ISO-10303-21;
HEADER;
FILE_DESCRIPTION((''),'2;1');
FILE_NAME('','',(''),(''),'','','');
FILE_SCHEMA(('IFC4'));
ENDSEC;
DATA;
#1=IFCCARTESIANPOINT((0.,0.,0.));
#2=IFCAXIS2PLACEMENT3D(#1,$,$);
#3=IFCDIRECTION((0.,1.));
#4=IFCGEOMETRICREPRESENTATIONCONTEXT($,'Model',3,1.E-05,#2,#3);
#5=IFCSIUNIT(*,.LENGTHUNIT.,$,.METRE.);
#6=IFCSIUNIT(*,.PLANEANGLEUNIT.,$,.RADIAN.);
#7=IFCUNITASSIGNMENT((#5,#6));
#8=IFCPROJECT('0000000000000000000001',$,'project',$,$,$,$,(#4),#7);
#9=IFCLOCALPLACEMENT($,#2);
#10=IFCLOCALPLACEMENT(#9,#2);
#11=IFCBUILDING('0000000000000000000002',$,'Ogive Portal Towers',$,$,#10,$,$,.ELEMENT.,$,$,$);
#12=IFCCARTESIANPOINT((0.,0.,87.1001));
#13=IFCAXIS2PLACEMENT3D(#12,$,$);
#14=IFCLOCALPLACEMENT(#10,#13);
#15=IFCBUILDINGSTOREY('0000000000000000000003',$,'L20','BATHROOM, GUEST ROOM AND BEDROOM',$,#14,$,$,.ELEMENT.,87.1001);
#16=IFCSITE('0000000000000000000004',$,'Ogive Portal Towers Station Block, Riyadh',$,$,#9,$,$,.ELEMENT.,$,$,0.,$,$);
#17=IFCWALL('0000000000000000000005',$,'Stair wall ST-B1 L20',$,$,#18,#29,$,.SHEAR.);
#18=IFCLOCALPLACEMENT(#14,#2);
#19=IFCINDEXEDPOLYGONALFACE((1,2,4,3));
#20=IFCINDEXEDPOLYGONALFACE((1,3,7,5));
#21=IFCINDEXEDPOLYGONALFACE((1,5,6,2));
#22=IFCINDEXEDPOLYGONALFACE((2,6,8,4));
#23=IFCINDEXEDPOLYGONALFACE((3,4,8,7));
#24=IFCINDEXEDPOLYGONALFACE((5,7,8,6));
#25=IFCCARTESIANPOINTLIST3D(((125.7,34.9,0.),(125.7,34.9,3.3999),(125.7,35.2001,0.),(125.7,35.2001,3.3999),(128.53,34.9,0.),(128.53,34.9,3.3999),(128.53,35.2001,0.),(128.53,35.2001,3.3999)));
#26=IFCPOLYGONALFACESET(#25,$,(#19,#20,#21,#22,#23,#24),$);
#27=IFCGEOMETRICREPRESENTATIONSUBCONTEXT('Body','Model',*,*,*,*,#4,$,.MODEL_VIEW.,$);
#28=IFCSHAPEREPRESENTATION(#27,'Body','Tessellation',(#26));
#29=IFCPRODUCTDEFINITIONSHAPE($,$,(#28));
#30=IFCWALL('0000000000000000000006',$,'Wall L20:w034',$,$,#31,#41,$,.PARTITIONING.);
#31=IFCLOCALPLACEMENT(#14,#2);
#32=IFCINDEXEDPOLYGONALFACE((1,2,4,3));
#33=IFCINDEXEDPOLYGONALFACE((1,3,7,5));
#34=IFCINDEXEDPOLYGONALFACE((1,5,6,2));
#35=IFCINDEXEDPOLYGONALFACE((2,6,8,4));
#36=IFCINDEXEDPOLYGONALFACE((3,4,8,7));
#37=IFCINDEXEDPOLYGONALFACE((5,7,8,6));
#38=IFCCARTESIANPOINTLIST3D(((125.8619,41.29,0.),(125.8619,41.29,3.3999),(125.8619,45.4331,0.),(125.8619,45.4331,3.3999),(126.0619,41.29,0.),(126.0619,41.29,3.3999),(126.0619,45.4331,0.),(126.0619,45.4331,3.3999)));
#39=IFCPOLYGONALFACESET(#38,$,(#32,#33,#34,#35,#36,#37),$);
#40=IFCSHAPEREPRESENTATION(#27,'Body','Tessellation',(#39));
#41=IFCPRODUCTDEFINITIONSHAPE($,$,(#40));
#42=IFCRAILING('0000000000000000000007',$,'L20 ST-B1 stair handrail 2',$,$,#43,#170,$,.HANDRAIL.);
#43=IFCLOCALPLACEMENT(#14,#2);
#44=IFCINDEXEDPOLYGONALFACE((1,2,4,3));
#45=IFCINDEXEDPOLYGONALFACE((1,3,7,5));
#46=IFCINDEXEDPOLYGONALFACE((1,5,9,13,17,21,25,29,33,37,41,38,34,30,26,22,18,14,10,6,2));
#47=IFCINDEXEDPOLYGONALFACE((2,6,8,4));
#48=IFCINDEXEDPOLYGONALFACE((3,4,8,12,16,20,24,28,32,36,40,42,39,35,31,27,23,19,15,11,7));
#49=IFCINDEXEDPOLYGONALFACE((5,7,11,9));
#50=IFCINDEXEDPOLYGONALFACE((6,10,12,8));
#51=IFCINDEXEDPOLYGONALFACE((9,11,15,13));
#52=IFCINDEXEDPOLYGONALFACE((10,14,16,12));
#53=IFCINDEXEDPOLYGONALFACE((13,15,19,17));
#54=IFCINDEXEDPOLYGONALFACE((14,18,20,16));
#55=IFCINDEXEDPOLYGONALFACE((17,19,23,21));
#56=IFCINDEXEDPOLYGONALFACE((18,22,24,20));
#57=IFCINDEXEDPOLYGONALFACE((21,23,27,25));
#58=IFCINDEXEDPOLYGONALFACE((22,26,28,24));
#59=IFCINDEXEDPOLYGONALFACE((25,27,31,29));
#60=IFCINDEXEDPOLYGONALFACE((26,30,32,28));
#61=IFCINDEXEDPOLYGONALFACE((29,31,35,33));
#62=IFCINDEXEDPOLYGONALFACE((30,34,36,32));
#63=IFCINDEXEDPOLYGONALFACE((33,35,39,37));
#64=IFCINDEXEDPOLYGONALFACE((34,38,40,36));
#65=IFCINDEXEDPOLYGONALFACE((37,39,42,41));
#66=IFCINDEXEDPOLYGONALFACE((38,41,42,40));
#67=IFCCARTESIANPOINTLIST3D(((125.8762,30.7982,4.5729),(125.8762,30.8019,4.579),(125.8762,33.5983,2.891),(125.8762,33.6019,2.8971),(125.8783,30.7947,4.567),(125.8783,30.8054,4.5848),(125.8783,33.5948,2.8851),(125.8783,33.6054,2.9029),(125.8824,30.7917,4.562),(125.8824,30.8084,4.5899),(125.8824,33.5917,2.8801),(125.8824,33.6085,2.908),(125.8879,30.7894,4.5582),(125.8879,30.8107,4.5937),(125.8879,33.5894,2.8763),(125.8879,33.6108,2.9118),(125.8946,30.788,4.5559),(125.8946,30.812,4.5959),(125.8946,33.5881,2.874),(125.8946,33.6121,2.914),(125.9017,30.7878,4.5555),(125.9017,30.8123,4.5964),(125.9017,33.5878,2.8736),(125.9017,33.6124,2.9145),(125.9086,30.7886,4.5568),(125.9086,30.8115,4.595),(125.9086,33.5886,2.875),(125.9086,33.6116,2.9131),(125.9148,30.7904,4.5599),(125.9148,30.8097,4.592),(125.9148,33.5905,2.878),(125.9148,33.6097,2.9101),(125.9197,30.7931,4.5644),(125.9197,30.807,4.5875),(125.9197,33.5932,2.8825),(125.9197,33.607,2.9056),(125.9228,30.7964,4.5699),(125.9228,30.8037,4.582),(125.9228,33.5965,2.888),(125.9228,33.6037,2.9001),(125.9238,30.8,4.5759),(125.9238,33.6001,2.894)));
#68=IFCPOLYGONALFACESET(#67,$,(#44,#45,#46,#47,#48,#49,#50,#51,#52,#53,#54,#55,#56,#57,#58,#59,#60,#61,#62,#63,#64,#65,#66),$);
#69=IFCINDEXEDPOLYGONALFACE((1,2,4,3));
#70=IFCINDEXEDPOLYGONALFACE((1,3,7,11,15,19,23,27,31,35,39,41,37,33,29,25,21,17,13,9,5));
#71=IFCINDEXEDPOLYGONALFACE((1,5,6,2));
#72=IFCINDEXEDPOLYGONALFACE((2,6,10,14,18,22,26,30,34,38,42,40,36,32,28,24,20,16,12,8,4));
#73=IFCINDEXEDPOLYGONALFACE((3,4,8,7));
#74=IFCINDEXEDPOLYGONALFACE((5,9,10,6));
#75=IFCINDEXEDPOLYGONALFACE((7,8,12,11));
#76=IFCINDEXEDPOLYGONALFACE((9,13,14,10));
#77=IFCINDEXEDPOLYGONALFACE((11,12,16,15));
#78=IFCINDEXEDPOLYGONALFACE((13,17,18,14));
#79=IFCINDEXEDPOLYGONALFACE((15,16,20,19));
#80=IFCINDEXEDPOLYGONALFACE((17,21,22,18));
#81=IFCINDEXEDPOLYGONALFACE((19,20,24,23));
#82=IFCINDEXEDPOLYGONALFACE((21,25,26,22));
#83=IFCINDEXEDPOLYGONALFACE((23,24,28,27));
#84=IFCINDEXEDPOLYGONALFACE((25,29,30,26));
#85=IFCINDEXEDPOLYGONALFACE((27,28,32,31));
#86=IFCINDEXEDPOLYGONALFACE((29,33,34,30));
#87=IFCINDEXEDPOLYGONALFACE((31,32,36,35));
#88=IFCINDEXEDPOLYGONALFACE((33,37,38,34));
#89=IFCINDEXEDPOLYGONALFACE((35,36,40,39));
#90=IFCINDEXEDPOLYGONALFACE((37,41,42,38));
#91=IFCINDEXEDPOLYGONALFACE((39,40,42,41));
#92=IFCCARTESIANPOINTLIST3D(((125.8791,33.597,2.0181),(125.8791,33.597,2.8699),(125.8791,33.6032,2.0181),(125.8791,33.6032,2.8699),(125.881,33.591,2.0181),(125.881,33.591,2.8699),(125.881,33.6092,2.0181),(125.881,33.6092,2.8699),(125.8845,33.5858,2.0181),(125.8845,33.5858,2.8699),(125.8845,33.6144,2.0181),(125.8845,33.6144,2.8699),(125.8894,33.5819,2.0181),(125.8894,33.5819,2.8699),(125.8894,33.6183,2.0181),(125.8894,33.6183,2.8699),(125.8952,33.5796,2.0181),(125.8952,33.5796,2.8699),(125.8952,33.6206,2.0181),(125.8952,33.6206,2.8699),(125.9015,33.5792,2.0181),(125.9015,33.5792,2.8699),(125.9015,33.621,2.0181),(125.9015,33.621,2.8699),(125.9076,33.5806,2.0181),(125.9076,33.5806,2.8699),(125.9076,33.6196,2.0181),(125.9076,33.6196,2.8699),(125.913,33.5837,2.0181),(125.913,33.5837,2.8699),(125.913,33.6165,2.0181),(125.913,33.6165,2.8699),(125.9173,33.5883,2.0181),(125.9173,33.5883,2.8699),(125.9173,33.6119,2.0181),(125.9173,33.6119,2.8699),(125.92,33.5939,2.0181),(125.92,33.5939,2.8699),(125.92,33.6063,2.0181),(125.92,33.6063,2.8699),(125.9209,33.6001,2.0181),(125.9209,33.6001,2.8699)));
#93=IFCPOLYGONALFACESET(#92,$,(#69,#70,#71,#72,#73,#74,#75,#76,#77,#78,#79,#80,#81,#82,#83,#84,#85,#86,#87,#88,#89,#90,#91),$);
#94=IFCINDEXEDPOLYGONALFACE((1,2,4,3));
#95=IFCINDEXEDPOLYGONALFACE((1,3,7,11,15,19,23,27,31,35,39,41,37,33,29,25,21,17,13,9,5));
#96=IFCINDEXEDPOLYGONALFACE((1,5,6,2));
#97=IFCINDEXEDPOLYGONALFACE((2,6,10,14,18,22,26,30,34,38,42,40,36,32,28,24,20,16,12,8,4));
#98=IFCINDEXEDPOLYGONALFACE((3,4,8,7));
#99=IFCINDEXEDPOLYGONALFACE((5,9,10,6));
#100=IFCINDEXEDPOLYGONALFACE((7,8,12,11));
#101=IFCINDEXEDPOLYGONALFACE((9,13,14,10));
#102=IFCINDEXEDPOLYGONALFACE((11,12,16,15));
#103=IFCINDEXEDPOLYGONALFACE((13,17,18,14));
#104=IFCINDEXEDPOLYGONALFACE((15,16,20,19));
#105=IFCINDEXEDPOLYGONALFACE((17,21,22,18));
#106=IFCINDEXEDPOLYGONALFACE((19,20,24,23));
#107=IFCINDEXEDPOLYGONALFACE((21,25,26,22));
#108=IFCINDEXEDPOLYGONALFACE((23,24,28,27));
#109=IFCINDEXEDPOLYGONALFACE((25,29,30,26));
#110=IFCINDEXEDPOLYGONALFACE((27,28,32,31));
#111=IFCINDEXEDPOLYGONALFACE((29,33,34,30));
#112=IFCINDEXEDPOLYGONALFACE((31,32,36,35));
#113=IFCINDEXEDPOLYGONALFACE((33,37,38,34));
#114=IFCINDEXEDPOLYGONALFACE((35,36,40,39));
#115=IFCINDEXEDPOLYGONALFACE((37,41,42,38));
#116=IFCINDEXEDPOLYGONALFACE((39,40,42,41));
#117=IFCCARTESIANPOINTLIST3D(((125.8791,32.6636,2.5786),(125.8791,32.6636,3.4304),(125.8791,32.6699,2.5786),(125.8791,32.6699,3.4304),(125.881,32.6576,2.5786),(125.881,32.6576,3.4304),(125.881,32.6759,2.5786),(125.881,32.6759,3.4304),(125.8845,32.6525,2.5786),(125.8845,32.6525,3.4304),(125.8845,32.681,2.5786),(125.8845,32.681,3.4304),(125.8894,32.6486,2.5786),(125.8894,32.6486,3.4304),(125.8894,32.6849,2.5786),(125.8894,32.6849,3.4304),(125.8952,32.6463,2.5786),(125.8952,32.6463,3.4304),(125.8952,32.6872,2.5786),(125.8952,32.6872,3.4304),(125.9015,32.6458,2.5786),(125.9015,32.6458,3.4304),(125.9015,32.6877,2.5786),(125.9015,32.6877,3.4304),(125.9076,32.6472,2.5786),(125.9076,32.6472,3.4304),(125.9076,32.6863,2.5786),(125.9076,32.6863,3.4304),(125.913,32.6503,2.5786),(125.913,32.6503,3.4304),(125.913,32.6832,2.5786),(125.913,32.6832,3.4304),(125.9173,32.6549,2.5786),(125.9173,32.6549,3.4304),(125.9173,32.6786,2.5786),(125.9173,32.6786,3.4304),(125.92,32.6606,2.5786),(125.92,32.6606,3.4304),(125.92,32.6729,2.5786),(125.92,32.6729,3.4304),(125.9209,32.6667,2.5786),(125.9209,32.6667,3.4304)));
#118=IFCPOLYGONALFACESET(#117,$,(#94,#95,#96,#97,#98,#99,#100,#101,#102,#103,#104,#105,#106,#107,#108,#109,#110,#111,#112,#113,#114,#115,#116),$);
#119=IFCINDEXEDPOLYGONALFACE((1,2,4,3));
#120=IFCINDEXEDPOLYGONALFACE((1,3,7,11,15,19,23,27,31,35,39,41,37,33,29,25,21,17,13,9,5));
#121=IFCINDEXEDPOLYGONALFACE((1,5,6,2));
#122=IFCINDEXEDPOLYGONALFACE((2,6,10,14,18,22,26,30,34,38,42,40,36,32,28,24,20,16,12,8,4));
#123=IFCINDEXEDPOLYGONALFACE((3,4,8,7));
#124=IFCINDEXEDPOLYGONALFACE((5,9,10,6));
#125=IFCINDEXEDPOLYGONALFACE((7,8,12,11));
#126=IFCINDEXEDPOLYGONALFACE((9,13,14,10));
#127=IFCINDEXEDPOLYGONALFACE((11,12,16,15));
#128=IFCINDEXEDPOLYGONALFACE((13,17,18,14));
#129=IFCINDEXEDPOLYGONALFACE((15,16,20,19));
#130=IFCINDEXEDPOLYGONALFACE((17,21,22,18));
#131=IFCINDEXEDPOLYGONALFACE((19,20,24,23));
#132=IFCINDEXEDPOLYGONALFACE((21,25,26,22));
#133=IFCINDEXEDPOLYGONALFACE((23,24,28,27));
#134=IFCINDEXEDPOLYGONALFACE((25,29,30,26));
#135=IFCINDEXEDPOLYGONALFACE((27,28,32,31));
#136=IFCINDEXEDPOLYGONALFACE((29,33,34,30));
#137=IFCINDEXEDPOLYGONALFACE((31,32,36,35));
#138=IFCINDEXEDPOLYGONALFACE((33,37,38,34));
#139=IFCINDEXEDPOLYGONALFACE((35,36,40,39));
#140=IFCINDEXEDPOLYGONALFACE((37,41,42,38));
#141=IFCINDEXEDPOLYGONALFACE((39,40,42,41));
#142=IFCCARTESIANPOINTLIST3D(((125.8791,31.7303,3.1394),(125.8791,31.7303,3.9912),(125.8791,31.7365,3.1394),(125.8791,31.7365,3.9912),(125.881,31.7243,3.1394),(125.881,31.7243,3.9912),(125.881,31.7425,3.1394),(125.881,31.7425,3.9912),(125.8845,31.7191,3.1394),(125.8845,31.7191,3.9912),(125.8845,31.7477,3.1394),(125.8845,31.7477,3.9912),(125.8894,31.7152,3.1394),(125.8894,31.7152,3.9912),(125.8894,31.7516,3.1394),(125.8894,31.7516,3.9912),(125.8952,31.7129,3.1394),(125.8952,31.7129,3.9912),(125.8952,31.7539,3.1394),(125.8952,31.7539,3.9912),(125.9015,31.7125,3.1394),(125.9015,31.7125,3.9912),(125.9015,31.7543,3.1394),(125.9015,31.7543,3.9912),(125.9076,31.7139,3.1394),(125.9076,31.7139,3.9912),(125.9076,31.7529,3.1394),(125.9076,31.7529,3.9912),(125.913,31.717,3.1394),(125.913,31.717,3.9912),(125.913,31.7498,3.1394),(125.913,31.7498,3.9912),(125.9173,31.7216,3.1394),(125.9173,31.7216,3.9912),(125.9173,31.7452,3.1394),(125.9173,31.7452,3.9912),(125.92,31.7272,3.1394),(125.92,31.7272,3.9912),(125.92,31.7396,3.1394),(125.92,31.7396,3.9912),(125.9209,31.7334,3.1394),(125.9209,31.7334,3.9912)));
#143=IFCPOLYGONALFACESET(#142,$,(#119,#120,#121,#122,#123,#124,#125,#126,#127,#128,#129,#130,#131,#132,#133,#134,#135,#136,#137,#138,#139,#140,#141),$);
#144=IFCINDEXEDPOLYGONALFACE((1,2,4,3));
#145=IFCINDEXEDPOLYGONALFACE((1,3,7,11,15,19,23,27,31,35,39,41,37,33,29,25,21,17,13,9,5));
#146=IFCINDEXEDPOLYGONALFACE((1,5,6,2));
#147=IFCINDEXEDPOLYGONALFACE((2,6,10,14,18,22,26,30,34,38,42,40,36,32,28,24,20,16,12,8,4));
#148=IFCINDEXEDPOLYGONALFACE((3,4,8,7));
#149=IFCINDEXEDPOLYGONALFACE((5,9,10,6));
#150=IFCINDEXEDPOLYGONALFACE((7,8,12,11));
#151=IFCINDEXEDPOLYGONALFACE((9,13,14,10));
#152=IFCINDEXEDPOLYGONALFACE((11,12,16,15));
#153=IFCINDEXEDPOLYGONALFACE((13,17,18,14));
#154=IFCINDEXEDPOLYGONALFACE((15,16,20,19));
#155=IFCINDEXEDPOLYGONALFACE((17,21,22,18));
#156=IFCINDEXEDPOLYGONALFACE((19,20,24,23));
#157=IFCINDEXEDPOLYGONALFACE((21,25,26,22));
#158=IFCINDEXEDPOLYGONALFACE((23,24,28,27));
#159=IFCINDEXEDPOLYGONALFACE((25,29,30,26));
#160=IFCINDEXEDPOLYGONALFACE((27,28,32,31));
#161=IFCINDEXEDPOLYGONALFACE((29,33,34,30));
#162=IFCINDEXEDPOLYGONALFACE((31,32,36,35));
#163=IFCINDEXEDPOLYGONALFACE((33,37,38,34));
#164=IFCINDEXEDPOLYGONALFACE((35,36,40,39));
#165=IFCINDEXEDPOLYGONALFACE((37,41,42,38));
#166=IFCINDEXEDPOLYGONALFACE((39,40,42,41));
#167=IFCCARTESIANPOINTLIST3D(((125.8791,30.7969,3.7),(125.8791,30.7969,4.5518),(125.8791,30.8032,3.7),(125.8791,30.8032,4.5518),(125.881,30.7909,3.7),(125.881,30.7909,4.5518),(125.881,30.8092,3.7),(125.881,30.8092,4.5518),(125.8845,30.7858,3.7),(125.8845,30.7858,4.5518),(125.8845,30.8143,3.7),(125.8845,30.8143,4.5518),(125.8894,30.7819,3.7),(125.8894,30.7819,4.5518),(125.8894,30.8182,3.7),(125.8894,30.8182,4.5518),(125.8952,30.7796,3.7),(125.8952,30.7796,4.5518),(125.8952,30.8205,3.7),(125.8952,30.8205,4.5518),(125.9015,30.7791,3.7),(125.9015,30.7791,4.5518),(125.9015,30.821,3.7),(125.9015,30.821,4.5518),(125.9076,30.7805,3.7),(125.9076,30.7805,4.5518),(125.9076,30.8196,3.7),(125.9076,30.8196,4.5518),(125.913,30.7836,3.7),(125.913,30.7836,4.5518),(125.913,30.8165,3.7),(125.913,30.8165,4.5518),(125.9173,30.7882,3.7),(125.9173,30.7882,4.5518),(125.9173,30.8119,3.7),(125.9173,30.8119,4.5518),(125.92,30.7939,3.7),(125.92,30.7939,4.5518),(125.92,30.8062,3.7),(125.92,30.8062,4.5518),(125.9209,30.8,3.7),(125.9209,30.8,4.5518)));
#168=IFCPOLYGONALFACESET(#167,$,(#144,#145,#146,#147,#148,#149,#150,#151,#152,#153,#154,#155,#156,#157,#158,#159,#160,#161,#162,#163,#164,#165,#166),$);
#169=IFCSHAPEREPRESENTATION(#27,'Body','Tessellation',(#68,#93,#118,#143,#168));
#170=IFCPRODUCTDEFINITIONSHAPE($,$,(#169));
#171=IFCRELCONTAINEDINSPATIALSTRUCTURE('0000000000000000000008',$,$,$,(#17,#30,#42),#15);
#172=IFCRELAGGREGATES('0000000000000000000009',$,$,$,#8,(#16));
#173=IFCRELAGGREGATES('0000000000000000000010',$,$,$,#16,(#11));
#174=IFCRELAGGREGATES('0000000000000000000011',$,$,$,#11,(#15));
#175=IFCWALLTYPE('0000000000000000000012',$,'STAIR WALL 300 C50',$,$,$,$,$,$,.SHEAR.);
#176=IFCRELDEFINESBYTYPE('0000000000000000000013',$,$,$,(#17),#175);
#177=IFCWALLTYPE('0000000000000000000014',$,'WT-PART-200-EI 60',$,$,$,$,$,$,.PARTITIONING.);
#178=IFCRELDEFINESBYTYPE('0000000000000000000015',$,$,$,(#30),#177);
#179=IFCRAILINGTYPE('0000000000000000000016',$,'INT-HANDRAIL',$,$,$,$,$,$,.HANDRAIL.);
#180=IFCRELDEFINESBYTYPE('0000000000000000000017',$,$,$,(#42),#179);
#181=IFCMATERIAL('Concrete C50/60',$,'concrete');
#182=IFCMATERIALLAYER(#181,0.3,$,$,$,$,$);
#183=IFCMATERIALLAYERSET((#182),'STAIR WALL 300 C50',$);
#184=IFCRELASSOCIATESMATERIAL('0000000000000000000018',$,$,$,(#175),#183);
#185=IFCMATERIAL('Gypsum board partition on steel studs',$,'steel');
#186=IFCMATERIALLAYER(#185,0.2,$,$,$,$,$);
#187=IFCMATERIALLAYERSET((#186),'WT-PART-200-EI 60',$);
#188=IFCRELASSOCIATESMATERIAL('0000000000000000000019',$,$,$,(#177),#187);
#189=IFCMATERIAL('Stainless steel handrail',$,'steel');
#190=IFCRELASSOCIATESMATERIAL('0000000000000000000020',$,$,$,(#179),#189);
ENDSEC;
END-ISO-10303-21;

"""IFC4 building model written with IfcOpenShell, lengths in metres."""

from ifc_helpers import new_model, si_unit, direction, frame, frame_2d, origin, origin_2d, place, context, subcontext, project, spatial, rectangle, circle, extrude, material, layer, layer_set, type_object, element, save


model = new_model("IFC4")

# Units and contexts
model_context = context("Model", 3, precision=1e-05, world=origin(), true_north=direction((0.0, 1.0)))
body_context = subcontext(model_context, "Body", "Model", "MODEL_VIEW")
ifc_project = project(units=[si_unit("LENGTHUNIT", "METRE"), si_unit("PLANEANGLEUNIT", "RADIAN")], contexts=[model_context])

# Site, building, storey
site_placement = place(None, origin())
site = spatial("IfcSite", under=ifc_project, at=site_placement, Name="Ogive Portal Towers Station Block, Riyadh", CompositionType="ELEMENT", RefElevation=0.0)
building_placement = place(site_placement, origin())
building = spatial("IfcBuilding", under=site, at=building_placement, Name="Ogive Portal Towers", CompositionType="ELEMENT")
storey_placement = place(building_placement, frame((0.0, 0.0, 87.1001)))
storey = spatial("IfcBuildingStorey", under=building, at=storey_placement, Name="L20", Description="BATHROOM, GUEST ROOM AND BEDROOM", CompositionType="ELEMENT", Elevation=87.1001)

# Shared definitions
ifc_material_1 = material(Name="Concrete C50/60", Category="concrete")

# Shared definitions
ifc_layer_1 = layer(ifc_material_1, 0.3)
ifc_layer_set_1 = layer_set([ifc_layer_1], Name="STAIR WALL 300 C50")
wall_type_1 = type_object("IfcWallType", Name="STAIR WALL 300 C50", PredefinedType="SHEAR", material=ifc_layer_set_1)

# Wall
wall_1_placement = place(storey_placement, frame((125.7, 35.05, 0.0), z_axis=(0.0, 0.0, 1.0), x_axis=(1.0, 0.0, 0.0)))
element("IfcWall", 1, at=wall_1_placement, inside=storey, type_object=wall_type_1, Name="Stair wall ST-B1 L20", PredefinedType="SHEAR", context=body_context, shape_type="SweptSolid", body=[
    extrude(rectangle(XDim=2.8301, YDim=0.3, at=frame_2d((1.415, 0.0))), origin(), (0.0, 0.0, 1.0), 3.3999),
])

# Shared definitions
ifc_material_2 = material(Name="Gypsum board partition on steel studs", Category="steel")
ifc_layer_2 = layer(ifc_material_2, 0.2)
ifc_layer_set_2 = layer_set([ifc_layer_2], Name="WT-PART-200-EI 60")
wall_type_2 = type_object("IfcWallType", Name="WT-PART-200-EI 60", PredefinedType="PARTITIONING", material=ifc_layer_set_2)

# Wall
wall_2_placement = place(storey_placement, frame((125.9619, 41.29, 0.0), z_axis=(0.0, 0.0, 1.0), x_axis=(0.0, 1.0, 0.0)))
element("IfcWall", 2, at=wall_2_placement, inside=storey, type_object=wall_type_2, Name="Wall L20:w034", PredefinedType="PARTITIONING", context=body_context, shape_type="SweptSolid", body=[
    extrude(rectangle(XDim=4.1431, YDim=0.2, at=frame_2d((2.0715, 0.0))), origin(), (0.0, 0.0, 1.0), 3.3999),
])

# Railing
ifc_material_3 = material(Name="Stainless steel handrail", Category="steel")
railing_type = type_object("IfcRailingType", Name="INT-HANDRAIL", PredefinedType="HANDRAIL", material=ifc_material_3)
railing_placement = place(storey_placement, frame((125.8999, 33.6001, 2.0181)))
element("IfcRailing", 3, at=railing_placement, inside=storey, type_object=railing_type, Name="L20 ST-B1 stair handrail 2", PredefinedType="HANDRAIL", context=body_context, shape_type="SweptSolid", body=[
    extrude(circle(Radius=0.0239, at=origin_2d()), frame((0.0, 0.0, 0.876), z_axis=(0.0, -0.857242, 0.514913), x_axis=(1.0, 0.0, 0.0)), (0.0, 0.0, 1.0), 3.2664),
    extrude(circle(Radius=0.021, at=origin_2d()), origin(), (0.0, 0.0, 1.0), 0.8518),
    extrude(circle(Radius=0.021, at=origin_2d()), frame((0.0, -0.9333, 0.5605)), (0.0, 0.0, 1.0), 0.8518),
    extrude(circle(Radius=0.021, at=origin_2d()), frame((0.0, -1.8667, 1.1213)), (0.0, 0.0, 1.0), 0.8518),
    extrude(circle(Radius=0.021, at=origin_2d()), frame((0.0, -2.8, 1.6819)), (0.0, 0.0, 1.0), 0.8518),
])

save(model, "model.ifc")
